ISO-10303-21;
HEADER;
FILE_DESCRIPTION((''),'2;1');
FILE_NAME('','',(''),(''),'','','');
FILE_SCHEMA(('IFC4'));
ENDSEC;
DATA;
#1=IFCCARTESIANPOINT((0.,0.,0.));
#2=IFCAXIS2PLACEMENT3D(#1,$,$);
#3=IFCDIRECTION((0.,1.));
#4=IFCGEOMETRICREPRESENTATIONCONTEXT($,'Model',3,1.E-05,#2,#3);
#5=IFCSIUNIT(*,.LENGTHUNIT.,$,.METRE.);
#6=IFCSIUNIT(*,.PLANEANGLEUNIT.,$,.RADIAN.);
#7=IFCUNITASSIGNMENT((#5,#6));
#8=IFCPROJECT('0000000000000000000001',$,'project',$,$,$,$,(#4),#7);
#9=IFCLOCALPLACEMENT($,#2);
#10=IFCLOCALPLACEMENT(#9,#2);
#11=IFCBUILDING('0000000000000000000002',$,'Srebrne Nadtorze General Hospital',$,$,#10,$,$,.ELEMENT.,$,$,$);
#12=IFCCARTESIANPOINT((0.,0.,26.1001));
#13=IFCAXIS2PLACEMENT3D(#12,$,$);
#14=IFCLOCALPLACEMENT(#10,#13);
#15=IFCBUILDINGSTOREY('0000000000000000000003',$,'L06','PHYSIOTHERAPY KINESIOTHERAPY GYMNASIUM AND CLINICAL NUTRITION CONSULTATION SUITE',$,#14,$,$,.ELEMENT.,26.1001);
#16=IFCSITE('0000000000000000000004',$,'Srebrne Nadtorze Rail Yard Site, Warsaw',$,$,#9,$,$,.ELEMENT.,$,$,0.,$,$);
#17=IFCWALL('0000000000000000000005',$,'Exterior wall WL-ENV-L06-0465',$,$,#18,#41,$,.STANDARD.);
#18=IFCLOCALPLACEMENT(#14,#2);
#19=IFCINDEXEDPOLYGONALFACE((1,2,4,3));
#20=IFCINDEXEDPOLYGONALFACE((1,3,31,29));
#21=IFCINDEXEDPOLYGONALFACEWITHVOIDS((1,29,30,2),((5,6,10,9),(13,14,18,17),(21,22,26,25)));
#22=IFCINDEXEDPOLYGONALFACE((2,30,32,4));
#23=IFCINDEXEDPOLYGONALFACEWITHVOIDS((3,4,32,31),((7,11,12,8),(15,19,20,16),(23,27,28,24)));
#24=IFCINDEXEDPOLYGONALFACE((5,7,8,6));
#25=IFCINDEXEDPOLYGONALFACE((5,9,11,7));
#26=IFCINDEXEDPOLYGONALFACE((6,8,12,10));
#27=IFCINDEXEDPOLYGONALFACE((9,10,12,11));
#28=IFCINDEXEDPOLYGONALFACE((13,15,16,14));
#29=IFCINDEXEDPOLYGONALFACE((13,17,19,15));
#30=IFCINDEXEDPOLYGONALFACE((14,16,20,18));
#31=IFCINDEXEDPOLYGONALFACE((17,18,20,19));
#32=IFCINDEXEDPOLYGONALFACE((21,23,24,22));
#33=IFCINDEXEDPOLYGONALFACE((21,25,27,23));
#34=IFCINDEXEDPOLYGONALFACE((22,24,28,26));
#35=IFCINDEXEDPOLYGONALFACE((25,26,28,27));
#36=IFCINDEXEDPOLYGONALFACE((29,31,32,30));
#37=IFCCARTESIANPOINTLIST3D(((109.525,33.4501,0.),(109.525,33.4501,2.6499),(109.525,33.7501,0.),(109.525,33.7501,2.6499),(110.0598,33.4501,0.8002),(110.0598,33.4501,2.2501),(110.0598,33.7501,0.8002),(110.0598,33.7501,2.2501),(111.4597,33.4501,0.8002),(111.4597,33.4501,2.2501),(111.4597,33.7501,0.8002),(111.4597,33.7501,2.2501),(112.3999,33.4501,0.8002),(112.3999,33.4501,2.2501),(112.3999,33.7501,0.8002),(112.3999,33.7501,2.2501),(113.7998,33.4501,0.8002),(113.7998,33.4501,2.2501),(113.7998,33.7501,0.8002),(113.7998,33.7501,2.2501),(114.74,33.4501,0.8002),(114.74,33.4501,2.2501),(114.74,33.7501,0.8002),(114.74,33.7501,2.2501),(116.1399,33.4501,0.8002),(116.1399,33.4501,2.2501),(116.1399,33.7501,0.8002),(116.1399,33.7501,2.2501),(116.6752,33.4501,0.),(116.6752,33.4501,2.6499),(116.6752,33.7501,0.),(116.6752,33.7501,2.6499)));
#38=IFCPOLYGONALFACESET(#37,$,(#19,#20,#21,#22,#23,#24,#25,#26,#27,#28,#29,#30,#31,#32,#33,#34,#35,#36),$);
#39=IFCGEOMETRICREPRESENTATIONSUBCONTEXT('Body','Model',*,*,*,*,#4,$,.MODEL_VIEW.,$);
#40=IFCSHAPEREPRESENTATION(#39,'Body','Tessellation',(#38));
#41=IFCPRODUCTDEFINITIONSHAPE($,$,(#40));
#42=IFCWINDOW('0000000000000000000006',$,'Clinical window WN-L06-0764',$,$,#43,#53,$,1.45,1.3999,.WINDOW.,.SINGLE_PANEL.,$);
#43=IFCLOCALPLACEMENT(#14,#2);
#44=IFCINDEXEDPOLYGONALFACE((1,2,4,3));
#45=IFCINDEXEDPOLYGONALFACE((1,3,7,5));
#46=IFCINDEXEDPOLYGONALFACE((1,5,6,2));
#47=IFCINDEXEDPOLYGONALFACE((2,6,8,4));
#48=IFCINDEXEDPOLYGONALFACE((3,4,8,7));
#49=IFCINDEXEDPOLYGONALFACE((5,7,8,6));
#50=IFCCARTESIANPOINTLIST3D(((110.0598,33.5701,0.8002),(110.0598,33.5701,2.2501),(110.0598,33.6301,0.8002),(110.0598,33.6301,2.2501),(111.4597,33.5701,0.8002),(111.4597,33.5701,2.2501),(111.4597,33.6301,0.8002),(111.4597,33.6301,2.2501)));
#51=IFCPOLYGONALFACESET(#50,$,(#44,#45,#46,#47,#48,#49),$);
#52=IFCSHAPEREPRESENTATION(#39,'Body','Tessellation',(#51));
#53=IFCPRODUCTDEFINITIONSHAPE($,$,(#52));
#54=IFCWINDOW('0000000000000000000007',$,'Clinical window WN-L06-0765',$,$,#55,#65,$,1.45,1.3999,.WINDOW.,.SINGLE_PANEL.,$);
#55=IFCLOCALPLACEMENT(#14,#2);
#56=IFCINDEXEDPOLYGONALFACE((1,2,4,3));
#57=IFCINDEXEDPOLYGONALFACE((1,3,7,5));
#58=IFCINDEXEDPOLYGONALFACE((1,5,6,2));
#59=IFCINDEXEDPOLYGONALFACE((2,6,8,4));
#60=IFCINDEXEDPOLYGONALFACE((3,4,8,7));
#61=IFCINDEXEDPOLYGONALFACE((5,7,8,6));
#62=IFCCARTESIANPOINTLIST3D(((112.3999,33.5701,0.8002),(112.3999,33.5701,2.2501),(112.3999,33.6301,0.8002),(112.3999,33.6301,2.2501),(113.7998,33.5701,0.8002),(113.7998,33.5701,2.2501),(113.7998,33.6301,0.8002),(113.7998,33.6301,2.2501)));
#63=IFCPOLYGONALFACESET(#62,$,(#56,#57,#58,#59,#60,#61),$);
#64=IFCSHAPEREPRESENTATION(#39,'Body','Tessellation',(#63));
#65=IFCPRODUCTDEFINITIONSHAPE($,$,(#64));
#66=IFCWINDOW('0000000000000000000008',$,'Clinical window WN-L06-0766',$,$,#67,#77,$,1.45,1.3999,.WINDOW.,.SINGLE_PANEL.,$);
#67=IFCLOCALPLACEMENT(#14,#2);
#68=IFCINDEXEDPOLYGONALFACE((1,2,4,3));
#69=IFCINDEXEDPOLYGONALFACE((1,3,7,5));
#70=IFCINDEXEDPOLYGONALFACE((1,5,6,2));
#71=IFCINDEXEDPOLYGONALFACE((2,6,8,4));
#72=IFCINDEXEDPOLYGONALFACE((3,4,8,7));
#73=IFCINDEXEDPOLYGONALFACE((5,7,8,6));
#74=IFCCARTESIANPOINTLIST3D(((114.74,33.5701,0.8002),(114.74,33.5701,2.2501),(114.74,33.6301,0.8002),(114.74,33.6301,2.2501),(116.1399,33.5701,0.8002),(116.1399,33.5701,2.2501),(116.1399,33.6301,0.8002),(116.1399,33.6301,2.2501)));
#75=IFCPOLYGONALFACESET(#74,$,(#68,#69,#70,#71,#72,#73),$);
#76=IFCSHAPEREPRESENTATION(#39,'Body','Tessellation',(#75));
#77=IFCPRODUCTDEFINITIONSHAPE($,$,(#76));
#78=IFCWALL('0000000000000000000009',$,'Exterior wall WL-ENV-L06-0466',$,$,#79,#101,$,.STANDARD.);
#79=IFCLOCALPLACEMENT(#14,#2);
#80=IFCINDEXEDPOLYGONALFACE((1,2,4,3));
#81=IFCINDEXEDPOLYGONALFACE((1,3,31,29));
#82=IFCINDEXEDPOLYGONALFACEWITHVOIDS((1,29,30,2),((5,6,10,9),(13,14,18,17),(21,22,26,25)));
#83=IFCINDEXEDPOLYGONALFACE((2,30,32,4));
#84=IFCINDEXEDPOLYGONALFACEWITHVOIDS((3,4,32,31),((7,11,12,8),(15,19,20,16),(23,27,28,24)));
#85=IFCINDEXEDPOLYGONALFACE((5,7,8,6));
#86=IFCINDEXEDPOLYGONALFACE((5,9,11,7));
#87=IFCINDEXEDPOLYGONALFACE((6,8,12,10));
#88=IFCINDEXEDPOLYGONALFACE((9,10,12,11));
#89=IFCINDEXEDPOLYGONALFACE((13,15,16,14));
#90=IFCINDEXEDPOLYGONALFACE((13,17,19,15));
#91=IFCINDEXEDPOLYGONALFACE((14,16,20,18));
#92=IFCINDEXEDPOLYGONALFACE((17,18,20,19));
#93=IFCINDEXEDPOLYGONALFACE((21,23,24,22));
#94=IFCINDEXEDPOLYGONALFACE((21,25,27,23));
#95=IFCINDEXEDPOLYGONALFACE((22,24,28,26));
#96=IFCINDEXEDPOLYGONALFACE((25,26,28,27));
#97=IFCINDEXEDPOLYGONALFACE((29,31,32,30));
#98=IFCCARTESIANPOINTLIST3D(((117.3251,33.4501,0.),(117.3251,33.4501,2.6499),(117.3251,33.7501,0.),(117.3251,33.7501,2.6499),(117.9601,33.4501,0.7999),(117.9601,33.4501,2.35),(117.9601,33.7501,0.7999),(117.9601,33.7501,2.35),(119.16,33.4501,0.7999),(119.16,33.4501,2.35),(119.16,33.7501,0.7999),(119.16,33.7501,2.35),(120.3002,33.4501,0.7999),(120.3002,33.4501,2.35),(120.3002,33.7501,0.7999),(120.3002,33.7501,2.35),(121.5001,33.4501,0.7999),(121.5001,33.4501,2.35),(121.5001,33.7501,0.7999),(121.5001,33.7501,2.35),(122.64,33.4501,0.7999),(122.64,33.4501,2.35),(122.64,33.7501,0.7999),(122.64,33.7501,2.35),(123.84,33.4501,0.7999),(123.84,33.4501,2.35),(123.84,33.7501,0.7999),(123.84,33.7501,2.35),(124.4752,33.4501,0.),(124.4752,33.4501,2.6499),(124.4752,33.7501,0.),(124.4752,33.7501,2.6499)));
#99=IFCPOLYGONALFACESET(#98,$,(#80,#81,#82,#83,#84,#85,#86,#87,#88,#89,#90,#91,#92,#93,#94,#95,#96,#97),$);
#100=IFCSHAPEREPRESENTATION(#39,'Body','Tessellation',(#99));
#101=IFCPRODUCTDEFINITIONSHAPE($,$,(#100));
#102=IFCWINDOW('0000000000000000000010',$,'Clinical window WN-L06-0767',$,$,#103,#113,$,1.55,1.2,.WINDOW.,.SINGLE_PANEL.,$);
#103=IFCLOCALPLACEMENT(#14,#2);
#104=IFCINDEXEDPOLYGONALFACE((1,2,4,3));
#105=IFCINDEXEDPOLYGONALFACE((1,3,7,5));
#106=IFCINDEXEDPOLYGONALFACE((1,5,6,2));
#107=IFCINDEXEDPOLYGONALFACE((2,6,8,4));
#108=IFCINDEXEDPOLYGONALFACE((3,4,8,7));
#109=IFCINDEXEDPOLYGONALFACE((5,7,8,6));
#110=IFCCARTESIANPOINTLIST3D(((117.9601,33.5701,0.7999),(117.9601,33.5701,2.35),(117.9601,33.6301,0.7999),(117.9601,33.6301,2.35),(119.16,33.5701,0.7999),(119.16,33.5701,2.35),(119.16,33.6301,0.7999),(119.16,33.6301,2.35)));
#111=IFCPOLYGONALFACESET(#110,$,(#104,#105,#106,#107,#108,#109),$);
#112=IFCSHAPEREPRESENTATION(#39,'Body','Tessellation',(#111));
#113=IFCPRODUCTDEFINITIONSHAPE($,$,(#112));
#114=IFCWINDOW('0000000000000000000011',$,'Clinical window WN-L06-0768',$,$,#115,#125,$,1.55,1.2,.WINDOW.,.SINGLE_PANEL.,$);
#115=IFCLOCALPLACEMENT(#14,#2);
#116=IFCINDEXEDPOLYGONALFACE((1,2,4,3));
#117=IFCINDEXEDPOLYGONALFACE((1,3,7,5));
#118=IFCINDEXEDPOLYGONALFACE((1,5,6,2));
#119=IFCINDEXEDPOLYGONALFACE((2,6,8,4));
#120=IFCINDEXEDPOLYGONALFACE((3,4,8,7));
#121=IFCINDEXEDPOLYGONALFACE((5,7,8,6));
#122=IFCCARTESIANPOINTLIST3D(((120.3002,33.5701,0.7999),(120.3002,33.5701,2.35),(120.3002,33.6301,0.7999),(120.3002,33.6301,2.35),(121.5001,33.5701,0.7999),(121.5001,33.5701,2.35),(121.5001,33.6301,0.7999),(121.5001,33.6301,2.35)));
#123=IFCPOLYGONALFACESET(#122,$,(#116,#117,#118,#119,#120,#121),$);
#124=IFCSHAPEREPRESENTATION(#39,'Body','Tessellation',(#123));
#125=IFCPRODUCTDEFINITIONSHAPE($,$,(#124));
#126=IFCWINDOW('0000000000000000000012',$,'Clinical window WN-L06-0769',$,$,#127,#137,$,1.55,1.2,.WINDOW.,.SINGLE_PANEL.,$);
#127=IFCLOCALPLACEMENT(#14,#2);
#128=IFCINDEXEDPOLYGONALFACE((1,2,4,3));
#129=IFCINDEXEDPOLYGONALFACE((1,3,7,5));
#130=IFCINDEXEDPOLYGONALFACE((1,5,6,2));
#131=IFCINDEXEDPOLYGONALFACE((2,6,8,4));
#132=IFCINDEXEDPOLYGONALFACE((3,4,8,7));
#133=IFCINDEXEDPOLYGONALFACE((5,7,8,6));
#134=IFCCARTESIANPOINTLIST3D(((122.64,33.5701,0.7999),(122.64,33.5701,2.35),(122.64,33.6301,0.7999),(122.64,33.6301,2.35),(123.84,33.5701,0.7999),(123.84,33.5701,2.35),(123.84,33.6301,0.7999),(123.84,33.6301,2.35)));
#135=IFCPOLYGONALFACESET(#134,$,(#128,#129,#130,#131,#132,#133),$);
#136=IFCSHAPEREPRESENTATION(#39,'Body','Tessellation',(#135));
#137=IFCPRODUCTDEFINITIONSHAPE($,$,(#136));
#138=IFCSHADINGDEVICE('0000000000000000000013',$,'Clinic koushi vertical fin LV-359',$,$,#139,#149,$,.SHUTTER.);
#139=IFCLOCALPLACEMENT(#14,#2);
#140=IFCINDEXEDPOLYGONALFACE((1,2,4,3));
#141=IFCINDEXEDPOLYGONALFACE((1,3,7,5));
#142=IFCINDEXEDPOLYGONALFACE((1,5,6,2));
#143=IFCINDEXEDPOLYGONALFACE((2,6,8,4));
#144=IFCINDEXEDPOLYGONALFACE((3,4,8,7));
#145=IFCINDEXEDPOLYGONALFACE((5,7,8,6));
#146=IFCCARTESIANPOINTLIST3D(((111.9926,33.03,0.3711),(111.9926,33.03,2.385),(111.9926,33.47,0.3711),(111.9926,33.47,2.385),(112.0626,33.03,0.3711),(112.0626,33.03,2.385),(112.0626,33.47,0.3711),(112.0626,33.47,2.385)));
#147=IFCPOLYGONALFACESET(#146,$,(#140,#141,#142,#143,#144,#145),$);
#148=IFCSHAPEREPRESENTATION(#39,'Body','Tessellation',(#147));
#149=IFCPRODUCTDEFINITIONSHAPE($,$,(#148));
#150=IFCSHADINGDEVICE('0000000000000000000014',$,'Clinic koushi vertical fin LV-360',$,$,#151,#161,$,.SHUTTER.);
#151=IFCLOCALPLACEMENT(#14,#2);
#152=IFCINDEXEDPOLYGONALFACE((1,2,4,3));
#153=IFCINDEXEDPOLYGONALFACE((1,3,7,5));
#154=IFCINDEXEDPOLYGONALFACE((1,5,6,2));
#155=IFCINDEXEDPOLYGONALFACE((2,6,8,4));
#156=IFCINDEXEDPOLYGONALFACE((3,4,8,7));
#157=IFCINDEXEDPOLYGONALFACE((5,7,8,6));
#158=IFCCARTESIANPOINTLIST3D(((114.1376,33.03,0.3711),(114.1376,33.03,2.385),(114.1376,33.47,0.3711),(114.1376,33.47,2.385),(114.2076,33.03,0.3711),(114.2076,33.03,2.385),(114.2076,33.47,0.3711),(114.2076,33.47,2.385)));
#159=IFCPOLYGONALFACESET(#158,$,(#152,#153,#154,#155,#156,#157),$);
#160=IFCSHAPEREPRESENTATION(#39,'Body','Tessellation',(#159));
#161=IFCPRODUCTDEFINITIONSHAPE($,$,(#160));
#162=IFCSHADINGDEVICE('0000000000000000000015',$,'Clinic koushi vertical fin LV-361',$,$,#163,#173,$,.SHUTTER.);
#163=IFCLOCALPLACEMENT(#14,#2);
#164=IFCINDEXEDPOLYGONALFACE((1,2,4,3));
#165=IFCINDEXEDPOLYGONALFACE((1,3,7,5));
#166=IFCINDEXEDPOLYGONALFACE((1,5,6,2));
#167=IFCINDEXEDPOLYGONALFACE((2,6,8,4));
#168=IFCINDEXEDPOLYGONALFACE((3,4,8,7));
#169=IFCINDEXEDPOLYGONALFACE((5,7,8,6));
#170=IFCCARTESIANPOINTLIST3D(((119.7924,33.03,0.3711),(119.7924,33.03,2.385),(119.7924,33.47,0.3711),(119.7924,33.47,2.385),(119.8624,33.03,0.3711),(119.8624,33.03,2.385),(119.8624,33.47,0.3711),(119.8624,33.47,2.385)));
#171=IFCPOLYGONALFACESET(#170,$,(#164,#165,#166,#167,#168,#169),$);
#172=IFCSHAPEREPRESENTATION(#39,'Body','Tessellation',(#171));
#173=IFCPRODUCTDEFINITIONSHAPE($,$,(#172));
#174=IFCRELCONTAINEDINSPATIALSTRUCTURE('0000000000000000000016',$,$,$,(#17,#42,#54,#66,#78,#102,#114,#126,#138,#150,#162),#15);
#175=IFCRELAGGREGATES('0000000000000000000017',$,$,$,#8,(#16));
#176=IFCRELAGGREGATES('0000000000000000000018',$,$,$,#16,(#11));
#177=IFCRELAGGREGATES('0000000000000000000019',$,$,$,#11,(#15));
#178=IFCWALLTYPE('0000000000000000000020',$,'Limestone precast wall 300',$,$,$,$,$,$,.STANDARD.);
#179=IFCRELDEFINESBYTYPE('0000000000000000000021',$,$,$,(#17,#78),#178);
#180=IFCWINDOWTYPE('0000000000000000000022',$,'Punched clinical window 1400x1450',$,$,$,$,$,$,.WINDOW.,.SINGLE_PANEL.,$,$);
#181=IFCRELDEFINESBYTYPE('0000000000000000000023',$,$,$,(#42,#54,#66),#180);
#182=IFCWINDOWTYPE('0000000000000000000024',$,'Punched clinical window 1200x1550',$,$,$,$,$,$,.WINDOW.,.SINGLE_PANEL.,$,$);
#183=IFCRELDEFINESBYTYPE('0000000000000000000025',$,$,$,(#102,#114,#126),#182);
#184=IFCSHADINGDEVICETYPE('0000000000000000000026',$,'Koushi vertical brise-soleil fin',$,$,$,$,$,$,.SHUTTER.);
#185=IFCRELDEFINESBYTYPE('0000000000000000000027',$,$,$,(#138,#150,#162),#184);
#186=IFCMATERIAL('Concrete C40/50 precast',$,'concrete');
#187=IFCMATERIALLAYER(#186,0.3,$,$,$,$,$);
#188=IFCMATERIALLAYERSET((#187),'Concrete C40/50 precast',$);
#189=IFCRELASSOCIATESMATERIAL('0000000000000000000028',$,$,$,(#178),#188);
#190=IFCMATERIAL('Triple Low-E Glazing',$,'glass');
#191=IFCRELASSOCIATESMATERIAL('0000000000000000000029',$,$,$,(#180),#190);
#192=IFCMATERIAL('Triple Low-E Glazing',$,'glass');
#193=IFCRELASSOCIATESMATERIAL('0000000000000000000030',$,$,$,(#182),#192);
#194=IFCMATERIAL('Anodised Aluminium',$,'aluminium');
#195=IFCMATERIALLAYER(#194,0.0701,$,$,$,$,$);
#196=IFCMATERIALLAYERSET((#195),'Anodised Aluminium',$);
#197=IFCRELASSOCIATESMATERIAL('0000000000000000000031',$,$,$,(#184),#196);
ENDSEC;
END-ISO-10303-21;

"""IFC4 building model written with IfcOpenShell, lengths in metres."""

from ifc_helpers import new_model, si_unit, direction, frame, frame_2d, origin, origin_2d, place, context, subcontext, project, spatial, rectangle, extrude, material, layer, layer_set, type_object, element, fill, save


model = new_model("IFC4")

# Units and contexts
model_context = context("Model", 3, precision=1e-05, world=origin(), true_north=direction((0.0, 1.0)))
body_context = subcontext(model_context, "Body", "Model", "MODEL_VIEW")
ifc_project = project(units=[si_unit("LENGTHUNIT", "METRE"), si_unit("PLANEANGLEUNIT", "RADIAN")], contexts=[model_context])

# Site, building, storey
site_placement = place(None, origin())
site = spatial("IfcSite", under=ifc_project, at=site_placement, Name="Srebrne Nadtorze Rail Yard Site, Warsaw", CompositionType="ELEMENT", RefElevation=0.0)
building_placement = place(site_placement, origin())
building = spatial("IfcBuilding", under=site, at=building_placement, Name="Srebrne Nadtorze General Hospital", CompositionType="ELEMENT")
storey_placement = place(building_placement, frame((0.0, 0.0, 26.1001)))
storey = spatial("IfcBuildingStorey", under=building, at=storey_placement, Name="L06", Description="PHYSIOTHERAPY KINESIOTHERAPY GYMNASIUM AND CLINICAL NUTRITION CONSULTATION SUITE", CompositionType="ELEMENT", Elevation=26.1001)

# Walls, openings, windows
ifc_material_1 = material(Name="Concrete C40/50 precast", Category="concrete")
ifc_layer_1 = layer(ifc_material_1, 0.3)
ifc_layer_set_1 = layer_set([ifc_layer_1], Name="Concrete C40/50 precast")
wall_type_1 = type_object("IfcWallType", Name="Limestone precast wall 300", PredefinedType="STANDARD", material=ifc_layer_set_1)
wall_1_placement = place(storey_placement, frame((109.5249, 33.6001, 0.0), z_axis=(0.0, 0.0, 1.0), x_axis=(1.0, 0.0, 0.0)))
wall_1 = element("IfcWall", 1, at=wall_1_placement, inside=storey, type_object=wall_type_1, Name="Exterior wall WL-ENV-L06-0465", PredefinedType="STANDARD", context=body_context, shape_type="SweptSolid", body=[
    extrude(rectangle(XDim=7.1501, YDim=0.3, at=frame_2d((3.5752, 0.0))), origin(), (0.0, 0.0, 1.0), 2.6499),
])
opening_1_placement = place(wall_1_placement, frame((0.5349, 0.0, 0.8)))
opening_1 = element("IfcOpeningElement", 2, at=opening_1_placement, cuts=wall_1, PredefinedType="OPENING", context=body_context, shape_type="SweptSolid", body=[
    extrude(rectangle(XDim=1.3999, YDim=1.45, at=frame_2d((0.7, 0.7251))), frame((0.0, 0.1621, 0.0), z_axis=(0.0, -1.0, 0.0), x_axis=(1.0, 0.0, 0.0)), (0.0, 0.0, 1.0), 0.324),
])
opening_2_placement = place(wall_1_placement, frame((2.875, 0.0, 0.8)))
opening_2 = element("IfcOpeningElement", 3, at=opening_2_placement, cuts=wall_1, PredefinedType="OPENING", context=body_context, shape_type="SweptSolid", body=[
    extrude(rectangle(XDim=1.3999, YDim=1.45, at=frame_2d((0.7, 0.7251))), frame((0.0, 0.1621, 0.0), z_axis=(0.0, -1.0, 0.0), x_axis=(1.0, 0.0, 0.0)), (0.0, 0.0, 1.0), 0.324),
])
opening_3_placement = place(wall_1_placement, frame((5.2151, 0.0, 0.8)))
opening_3 = element("IfcOpeningElement", 4, at=opening_3_placement, cuts=wall_1, PredefinedType="OPENING", context=body_context, shape_type="SweptSolid", body=[
    extrude(rectangle(XDim=1.3999, YDim=1.45, at=frame_2d((0.7, 0.7251))), frame((0.0, 0.1621, 0.0), z_axis=(0.0, -1.0, 0.0), x_axis=(1.0, 0.0, 0.0)), (0.0, 0.0, 1.0), 0.324),
])
ifc_material_2 = material(Name="Triple Low-E Glazing", Category="glass")
window_type_1 = type_object("IfcWindowType", Name="Punched clinical window 1400x1450", PartitioningType="SINGLE_PANEL", PredefinedType="WINDOW", material=ifc_material_2)
window_1_placement = place(opening_1_placement, origin())
window_1 = element("IfcWindow", 5, at=window_1_placement, inside=storey, type_object=window_type_1, Name="Clinical window WN-L06-0764", OverallHeight=1.45, OverallWidth=1.3999, PartitioningType="SINGLE_PANEL", PredefinedType="WINDOW", context=body_context, shape_type="SweptSolid", body=[
    extrude(rectangle(XDim=1.3999, YDim=1.45, at=frame_2d((0.7, 0.7251))), frame((0.0, 0.03, 0.0), z_axis=(0.0, -1.0, 0.0), x_axis=(1.0, 0.0, 0.0)), (0.0, 0.0, 1.0), 0.0601),
])
fill(opening_1, window_1)
window_2_placement = place(opening_2_placement, origin())
window_2 = element("IfcWindow", 6, at=window_2_placement, inside=storey, type_object=window_type_1, Name="Clinical window WN-L06-0765", OverallHeight=1.45, OverallWidth=1.3999, PartitioningType="SINGLE_PANEL", PredefinedType="WINDOW", context=body_context, shape_type="SweptSolid", body=[
    extrude(rectangle(XDim=1.3999, YDim=1.45, at=frame_2d((0.7, 0.7251))), frame((0.0, 0.03, 0.0), z_axis=(0.0, -1.0, 0.0), x_axis=(1.0, 0.0, 0.0)), (0.0, 0.0, 1.0), 0.0601),
])
fill(opening_2, window_2)
window_3_placement = place(opening_3_placement, origin())
window_3 = element("IfcWindow", 7, at=window_3_placement, inside=storey, type_object=window_type_1, Name="Clinical window WN-L06-0766", OverallHeight=1.45, OverallWidth=1.3999, PartitioningType="SINGLE_PANEL", PredefinedType="WINDOW", context=body_context, shape_type="SweptSolid", body=[
    extrude(rectangle(XDim=1.3999, YDim=1.45, at=frame_2d((0.7, 0.7251))), frame((0.0, 0.03, 0.0), z_axis=(0.0, -1.0, 0.0), x_axis=(1.0, 0.0, 0.0)), (0.0, 0.0, 1.0), 0.0601),
])
fill(opening_3, window_3)
wall_2_placement = place(storey_placement, frame((117.325, 33.6001, 0.0), z_axis=(0.0, 0.0, 1.0), x_axis=(1.0, 0.0, 0.0)))
wall_2 = element("IfcWall", 8, at=wall_2_placement, inside=storey, type_object=wall_type_1, Name="Exterior wall WL-ENV-L06-0466", PredefinedType="STANDARD", context=body_context, shape_type="SweptSolid", body=[
    extrude(rectangle(XDim=7.1501, YDim=0.3, at=frame_2d((3.5752, 0.0))), origin(), (0.0, 0.0, 1.0), 2.6499),
])
opening_4_placement = place(wall_2_placement, frame((0.635, 0.0, 0.8)))
opening_4 = element("IfcOpeningElement", 9, at=opening_4_placement, cuts=wall_2, PredefinedType="OPENING", context=body_context, shape_type="SweptSolid", body=[
    extrude(rectangle(XDim=1.2, YDim=1.55, at=frame_2d((0.6001, 0.7749))), frame((0.0, 0.1621, 0.0), z_axis=(0.0, -1.0, 0.0), x_axis=(1.0, 0.0, 0.0)), (0.0, 0.0, 1.0), 0.324),
])
opening_5_placement = place(wall_2_placement, frame((2.9751, 0.0, 0.8)))
opening_5 = element("IfcOpeningElement", 10, at=opening_5_placement, cuts=wall_2, PredefinedType="OPENING", context=body_context, shape_type="SweptSolid", body=[
    extrude(rectangle(XDim=1.2, YDim=1.55, at=frame_2d((0.6001, 0.7749))), frame((0.0, 0.1621, 0.0), z_axis=(0.0, -1.0, 0.0), x_axis=(1.0, 0.0, 0.0)), (0.0, 0.0, 1.0), 0.324),
])
opening_6_placement = place(wall_2_placement, frame((5.3149, 0.0, 0.8)))
opening_6 = element("IfcOpeningElement", 11, at=opening_6_placement, cuts=wall_2, PredefinedType="OPENING", context=body_context, shape_type="SweptSolid", body=[
    extrude(rectangle(XDim=1.2, YDim=1.55, at=frame_2d((0.6001, 0.7749))), frame((0.0, 0.1621, 0.0), z_axis=(0.0, -1.0, 0.0), x_axis=(1.0, 0.0, 0.0)), (0.0, 0.0, 1.0), 0.324),
])
ifc_material_3 = material(Name="Triple Low-E Glazing", Category="glass")
window_type_2 = type_object("IfcWindowType", Name="Punched clinical window 1200x1550", PartitioningType="SINGLE_PANEL", PredefinedType="WINDOW", material=ifc_material_3)
window_4_placement = place(opening_4_placement, origin())
window_4 = element("IfcWindow", 12, at=window_4_placement, inside=storey, type_object=window_type_2, Name="Clinical window WN-L06-0767", OverallHeight=1.55, OverallWidth=1.2, PartitioningType="SINGLE_PANEL", PredefinedType="WINDOW", context=body_context, shape_type="SweptSolid", body=[
    extrude(rectangle(XDim=1.2, YDim=1.55, at=frame_2d((0.6001, 0.7749))), frame((0.0, 0.03, 0.0), z_axis=(0.0, -1.0, 0.0), x_axis=(1.0, 0.0, 0.0)), (0.0, 0.0, 1.0), 0.0601),
])
fill(opening_4, window_4)
window_5_placement = place(opening_5_placement, origin())
window_5 = element("IfcWindow", 13, at=window_5_placement, inside=storey, type_object=window_type_2, Name="Clinical window WN-L06-0768", OverallHeight=1.55, OverallWidth=1.2, PartitioningType="SINGLE_PANEL", PredefinedType="WINDOW", context=body_context, shape_type="SweptSolid", body=[
    extrude(rectangle(XDim=1.2, YDim=1.55, at=frame_2d((0.6001, 0.7749))), frame((0.0, 0.03, 0.0), z_axis=(0.0, -1.0, 0.0), x_axis=(1.0, 0.0, 0.0)), (0.0, 0.0, 1.0), 0.0601),
])
fill(opening_5, window_5)
window_6_placement = place(opening_6_placement, origin())
window_6 = element("IfcWindow", 14, at=window_6_placement, inside=storey, type_object=window_type_2, Name="Clinical window WN-L06-0769", OverallHeight=1.55, OverallWidth=1.2, PartitioningType="SINGLE_PANEL", PredefinedType="WINDOW", context=body_context, shape_type="SweptSolid", body=[
    extrude(rectangle(XDim=1.2, YDim=1.55, at=frame_2d((0.6001, 0.7749))), frame((0.0, 0.03, 0.0), z_axis=(0.0, -1.0, 0.0), x_axis=(1.0, 0.0, 0.0)), (0.0, 0.0, 1.0), 0.0601),
])
fill(opening_6, window_6)

# Shading devices
ifc_material_4 = material(Name="Anodised Aluminium", Category="aluminium")
ifc_layer_2 = layer(ifc_material_4, 0.0701)
ifc_layer_set_2 = layer_set([ifc_layer_2], Name="Anodised Aluminium")
shading_device_type = type_object("IfcShadingDeviceType", Name="Koushi vertical brise-soleil fin", PredefinedType="SHUTTER", material=ifc_layer_set_2)
for number, where, z_axis, x_axis, name in (
    (15, (112.0276, 33.25, 0.3711), (0.0, 0.0, 1.0), (1.0, 0.0, 0.0), "Clinic koushi vertical fin LV-359"),
    (16, (114.1726, 33.25, 0.3711), (0.0, 0.0, 1.0), (1.0, 0.0, 0.0), "Clinic koushi vertical fin LV-360"),
    (17, (119.8274, 33.25, 0.3711), (0.0, 0.0, 1.0), (1.0, 0.0, 0.0), "Clinic koushi vertical fin LV-361"),
):
    element("IfcShadingDevice", number, at=place(storey_placement, frame(where, z_axis=z_axis, x_axis=x_axis)), inside=storey, type_object=shading_device_type, Name=name, PredefinedType="SHUTTER", context=body_context, shape_type="SweptSolid", body=[
        extrude(rectangle(XDim=0.0701, YDim=0.4399, at=origin_2d()), origin(), (0.0, 0.0, 1.0), 2.0139),
    ])

save(model, "model.ifc")
